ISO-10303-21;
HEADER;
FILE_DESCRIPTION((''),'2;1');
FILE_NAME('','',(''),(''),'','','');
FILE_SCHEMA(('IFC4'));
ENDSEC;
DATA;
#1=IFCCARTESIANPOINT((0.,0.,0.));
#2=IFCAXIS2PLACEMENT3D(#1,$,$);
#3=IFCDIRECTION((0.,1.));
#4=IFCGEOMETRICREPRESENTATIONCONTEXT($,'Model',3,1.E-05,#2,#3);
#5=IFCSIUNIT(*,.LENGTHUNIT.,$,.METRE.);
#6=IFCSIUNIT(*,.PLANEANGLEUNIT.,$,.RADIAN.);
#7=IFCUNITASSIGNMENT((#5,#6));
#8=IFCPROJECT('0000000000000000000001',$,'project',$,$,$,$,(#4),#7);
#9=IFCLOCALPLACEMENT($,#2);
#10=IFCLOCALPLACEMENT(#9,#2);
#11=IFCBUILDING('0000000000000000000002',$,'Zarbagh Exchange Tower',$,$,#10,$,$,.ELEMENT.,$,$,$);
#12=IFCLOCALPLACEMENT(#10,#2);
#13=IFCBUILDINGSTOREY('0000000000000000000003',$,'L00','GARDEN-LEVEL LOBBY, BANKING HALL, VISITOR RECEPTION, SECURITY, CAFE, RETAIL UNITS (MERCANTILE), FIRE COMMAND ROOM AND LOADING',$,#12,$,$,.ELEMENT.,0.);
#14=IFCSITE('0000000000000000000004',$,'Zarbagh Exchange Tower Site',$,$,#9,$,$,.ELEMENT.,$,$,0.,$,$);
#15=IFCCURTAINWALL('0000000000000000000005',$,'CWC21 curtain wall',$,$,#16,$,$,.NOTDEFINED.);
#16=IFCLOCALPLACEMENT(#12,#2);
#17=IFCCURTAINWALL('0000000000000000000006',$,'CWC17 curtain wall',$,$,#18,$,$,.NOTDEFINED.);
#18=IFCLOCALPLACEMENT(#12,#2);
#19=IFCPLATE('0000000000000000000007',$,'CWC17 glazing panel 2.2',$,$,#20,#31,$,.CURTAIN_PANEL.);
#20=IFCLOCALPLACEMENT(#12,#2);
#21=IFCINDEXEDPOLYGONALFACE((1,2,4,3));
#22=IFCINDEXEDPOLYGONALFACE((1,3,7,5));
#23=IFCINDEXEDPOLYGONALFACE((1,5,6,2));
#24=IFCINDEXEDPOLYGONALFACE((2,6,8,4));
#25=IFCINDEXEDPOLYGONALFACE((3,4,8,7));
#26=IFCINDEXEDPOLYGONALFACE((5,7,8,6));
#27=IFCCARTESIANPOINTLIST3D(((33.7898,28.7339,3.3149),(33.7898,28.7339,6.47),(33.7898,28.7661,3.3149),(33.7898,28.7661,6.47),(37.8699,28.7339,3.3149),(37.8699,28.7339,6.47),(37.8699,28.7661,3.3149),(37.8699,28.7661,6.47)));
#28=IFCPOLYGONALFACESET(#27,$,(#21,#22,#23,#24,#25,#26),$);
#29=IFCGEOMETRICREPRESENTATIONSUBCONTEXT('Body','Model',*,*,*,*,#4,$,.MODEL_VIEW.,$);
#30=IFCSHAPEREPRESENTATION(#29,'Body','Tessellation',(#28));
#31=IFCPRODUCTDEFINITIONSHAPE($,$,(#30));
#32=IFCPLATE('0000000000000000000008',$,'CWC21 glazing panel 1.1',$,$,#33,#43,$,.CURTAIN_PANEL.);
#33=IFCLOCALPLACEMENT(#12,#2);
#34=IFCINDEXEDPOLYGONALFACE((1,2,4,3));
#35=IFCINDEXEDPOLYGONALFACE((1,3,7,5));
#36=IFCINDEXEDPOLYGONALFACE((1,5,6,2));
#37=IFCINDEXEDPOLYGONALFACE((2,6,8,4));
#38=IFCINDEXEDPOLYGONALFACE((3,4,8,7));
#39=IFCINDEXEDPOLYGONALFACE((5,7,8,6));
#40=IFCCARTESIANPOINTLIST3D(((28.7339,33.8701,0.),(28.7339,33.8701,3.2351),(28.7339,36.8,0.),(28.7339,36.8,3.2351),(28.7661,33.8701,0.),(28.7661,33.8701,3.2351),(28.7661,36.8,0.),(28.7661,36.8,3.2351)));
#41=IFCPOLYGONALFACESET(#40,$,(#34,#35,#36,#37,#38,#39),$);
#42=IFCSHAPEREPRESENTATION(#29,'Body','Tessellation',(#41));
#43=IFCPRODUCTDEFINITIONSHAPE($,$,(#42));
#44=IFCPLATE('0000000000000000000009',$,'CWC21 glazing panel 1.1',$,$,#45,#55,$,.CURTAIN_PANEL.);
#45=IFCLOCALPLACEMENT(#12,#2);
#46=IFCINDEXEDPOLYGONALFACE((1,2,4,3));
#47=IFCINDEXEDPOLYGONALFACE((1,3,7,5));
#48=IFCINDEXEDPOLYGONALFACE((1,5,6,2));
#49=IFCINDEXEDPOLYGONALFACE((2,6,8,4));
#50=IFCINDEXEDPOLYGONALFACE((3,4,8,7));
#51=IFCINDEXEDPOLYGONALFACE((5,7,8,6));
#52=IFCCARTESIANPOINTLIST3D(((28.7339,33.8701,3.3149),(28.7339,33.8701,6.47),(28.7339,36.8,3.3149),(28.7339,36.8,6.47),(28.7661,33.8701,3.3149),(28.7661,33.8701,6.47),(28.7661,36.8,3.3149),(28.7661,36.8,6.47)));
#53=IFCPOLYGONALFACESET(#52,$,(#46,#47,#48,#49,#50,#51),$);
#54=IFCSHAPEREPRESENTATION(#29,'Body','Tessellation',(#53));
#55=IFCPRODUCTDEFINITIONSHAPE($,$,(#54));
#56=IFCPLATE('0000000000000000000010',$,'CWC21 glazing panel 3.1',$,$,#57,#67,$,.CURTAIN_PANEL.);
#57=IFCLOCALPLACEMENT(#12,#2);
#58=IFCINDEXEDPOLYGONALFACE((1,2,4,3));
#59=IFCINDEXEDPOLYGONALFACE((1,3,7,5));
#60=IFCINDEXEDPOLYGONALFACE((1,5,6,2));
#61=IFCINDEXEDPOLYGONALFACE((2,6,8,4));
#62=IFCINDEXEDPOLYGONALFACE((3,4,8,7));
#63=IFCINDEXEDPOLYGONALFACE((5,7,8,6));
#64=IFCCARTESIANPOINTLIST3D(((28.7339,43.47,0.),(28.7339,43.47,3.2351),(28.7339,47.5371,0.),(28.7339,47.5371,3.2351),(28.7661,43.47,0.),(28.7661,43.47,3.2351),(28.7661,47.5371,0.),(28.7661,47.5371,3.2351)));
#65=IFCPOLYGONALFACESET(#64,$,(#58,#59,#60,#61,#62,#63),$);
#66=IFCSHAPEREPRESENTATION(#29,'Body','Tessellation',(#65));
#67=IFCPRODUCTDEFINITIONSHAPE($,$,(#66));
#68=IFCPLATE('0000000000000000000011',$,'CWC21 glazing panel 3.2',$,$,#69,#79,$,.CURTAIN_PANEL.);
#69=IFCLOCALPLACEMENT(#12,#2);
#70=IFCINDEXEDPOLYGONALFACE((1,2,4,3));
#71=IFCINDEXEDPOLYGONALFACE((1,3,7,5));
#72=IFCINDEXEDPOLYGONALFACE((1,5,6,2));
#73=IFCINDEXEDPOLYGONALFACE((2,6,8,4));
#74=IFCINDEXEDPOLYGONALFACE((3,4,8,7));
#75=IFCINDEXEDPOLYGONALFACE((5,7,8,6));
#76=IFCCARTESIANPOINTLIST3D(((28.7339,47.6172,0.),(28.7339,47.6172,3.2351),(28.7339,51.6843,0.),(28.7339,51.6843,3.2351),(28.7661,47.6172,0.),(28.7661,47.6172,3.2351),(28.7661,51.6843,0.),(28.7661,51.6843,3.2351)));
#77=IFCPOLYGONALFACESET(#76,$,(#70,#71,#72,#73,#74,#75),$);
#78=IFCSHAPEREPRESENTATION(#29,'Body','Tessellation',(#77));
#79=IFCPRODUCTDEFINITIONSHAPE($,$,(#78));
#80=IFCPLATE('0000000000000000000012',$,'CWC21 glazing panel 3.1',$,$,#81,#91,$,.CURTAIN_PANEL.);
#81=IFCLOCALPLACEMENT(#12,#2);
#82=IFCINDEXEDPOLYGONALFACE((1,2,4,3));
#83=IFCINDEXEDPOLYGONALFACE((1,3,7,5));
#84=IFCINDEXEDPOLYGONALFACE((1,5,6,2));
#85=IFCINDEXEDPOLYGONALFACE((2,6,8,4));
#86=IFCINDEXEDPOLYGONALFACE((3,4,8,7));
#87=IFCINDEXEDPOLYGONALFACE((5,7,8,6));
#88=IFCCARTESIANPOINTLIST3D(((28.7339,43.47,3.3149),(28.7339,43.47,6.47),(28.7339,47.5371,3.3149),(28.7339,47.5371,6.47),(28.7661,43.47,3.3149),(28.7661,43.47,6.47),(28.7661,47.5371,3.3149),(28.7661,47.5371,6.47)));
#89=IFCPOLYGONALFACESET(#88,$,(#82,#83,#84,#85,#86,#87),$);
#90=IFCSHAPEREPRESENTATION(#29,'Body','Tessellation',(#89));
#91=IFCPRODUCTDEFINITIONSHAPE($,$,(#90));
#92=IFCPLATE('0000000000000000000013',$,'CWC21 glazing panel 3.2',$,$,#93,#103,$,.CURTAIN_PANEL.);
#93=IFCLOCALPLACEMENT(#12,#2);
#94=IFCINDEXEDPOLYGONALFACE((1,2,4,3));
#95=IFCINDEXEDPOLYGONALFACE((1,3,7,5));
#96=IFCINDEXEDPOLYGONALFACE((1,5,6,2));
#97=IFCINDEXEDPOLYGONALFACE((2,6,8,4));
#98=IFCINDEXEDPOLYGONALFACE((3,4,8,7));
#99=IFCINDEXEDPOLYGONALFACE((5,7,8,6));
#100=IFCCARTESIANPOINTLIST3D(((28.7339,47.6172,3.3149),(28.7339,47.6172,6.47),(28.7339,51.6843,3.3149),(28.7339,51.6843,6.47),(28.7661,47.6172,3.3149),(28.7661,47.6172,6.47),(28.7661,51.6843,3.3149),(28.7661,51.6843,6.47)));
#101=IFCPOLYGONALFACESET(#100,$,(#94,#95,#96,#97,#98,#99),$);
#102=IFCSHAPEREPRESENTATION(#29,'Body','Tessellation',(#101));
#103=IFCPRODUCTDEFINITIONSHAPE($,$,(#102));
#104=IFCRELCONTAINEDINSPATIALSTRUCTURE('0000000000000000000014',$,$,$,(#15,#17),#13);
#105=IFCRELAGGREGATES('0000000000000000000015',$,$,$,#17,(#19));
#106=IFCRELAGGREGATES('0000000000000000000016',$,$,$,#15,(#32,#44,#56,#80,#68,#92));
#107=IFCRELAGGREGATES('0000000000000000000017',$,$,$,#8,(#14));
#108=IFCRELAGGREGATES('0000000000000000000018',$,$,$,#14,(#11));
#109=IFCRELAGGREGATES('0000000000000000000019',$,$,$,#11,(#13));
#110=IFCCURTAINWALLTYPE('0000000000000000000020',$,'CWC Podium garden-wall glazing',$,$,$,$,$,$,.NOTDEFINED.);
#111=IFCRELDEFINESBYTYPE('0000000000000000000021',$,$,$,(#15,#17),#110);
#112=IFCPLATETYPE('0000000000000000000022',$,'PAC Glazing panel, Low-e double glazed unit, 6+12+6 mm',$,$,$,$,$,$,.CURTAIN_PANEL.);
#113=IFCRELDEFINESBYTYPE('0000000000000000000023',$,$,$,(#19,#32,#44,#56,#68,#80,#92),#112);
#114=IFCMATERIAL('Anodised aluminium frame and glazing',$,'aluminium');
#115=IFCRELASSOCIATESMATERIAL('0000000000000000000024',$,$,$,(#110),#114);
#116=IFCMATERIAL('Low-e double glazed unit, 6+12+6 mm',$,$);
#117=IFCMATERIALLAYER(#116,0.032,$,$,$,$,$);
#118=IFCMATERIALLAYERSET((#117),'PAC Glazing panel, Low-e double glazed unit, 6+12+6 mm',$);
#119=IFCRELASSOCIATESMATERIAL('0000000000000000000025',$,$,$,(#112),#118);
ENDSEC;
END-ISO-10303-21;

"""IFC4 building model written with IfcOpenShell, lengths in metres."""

from ifc_helpers import new_model, si_unit, direction, origin, place, context, subcontext, project, spatial, polyline, outline, extrude, source, transform, mapped, material, layer, layer_set, type_object, element, aggregate, save


model = new_model("IFC4")

# Units and contexts
model_context = context("Model", 3, precision=1e-05, world=origin(), true_north=direction((0.0, 1.0)))
body_context = subcontext(model_context, "Body", "Model", "MODEL_VIEW")
ifc_project = project(units=[si_unit("LENGTHUNIT", "METRE"), si_unit("PLANEANGLEUNIT", "RADIAN")], contexts=[model_context])

# Site, building, storey
site_placement = place(None, origin())
site = spatial("IfcSite", under=ifc_project, at=site_placement, Name="Zarbagh Exchange Tower Site", CompositionType="ELEMENT", RefElevation=0.0)
building_placement = place(site_placement, origin())
building = spatial("IfcBuilding", under=site, at=building_placement, Name="Zarbagh Exchange Tower", CompositionType="ELEMENT")
storey_placement = place(building_placement, origin())
storey = spatial("IfcBuildingStorey", under=building, at=storey_placement, Name="L00", Description="GARDEN-LEVEL LOBBY, BANKING HALL, VISITOR RECEPTION, SECURITY, CAFE, RETAIL UNITS (MERCANTILE), FIRE COMMAND ROOM AND LOADING", CompositionType="ELEMENT", Elevation=0.0)

# Shared definitions
ifc_material_1 = material(Name="Anodised aluminium frame and glazing", Category="aluminium")
curtain_wall_type = type_object("IfcCurtainWallType", Name="CWC Podium garden-wall glazing", PredefinedType="NOTDEFINED", material=ifc_material_1)
placement = place(storey_placement, origin())

# Curtain wall
curtain_wall_1_placement = place(storey_placement, origin())
curtain_wall_1 = element("IfcCurtainWall", 1, at=curtain_wall_1_placement, inside=storey, type_object=curtain_wall_type, Name="CWC21 curtain wall", PredefinedType="NOTDEFINED")

# Shared definitions
ifc_material_2 = material(Name="Low-e double glazed unit, 6+12+6 mm")
ifc_layer = layer(ifc_material_2, 0.032)
ifc_layer_set = layer_set([ifc_layer], Name="PAC Glazing panel, Low-e double glazed unit, 6+12+6 mm")
plate_type = type_object("IfcPlateType", Name="PAC Glazing panel, Low-e double glazed unit, 6+12+6 mm", PredefinedType="CURTAIN_PANEL", material=ifc_layer_set)

# Curtain wall, plate
curtain_wall_2_placement = place(storey_placement, origin())
curtain_wall_2 = element("IfcCurtainWall", 2, at=curtain_wall_2_placement, inside=storey, type_object=curtain_wall_type, Name="CWC17 curtain wall", PredefinedType="NOTDEFINED")
shared_shape_1 = source(origin(), body_context, "Body", "SweptSolid", [
    extrude(outline(polyline([(0.0, -0.0161), (4.0801, -0.0161), (4.0801, 0.0161), (0.0, 0.0161), (0.0, -0.0161)])), origin(), (0.0, 0.0, 1.0), 3.155),
])
plate_1 = element("IfcPlate", 3, at=placement, type_object=plate_type, Name="CWC17 glazing panel 2.2", PredefinedType="CURTAIN_PANEL", context=body_context, shape_type="MappedRepresentation", body=[
    mapped(shared_shape_1, transform((37.8699, 28.75, 3.3149), x_axis=(-1.0, 0.0, 0.0), y_axis=(0.0, -1.0, 0.0), z_axis=(0.0, 0.0, 1.0))),
])
aggregate(curtain_wall_2, [plate_1])

# Plates
shared_shape_2 = source(origin(), body_context, "Body", "SweptSolid", [
    extrude(outline(polyline([(0.0, -0.0161), (2.9299, -0.0161), (2.9299, 0.0161), (0.0, 0.0161), (0.0, -0.0161)])), origin(), (0.0, 0.0, 1.0), 3.2351),
])
plate_2 = element("IfcPlate", 4, at=placement, type_object=plate_type, Name="CWC21 glazing panel 1.1", PredefinedType="CURTAIN_PANEL", context=body_context, shape_type="MappedRepresentation", body=[
    mapped(shared_shape_2, transform((28.75, 33.8701, 0.0), x_axis=(0.0, 1.0, 0.0), y_axis=(-1.0, 0.0, 0.0), z_axis=(0.0, 0.0, 1.0))),
])
shared_shape_3 = source(origin(), body_context, "Body", "SweptSolid", [
    extrude(outline(polyline([(0.0, -0.0161), (2.9299, -0.0161), (2.9299, 0.0161), (0.0, 0.0161), (0.0, -0.0161)])), origin(), (0.0, 0.0, 1.0), 3.155),
])
plate_3 = element("IfcPlate", 5, at=placement, type_object=plate_type, Name="CWC21 glazing panel 1.1", PredefinedType="CURTAIN_PANEL", context=body_context, shape_type="MappedRepresentation", body=[
    mapped(shared_shape_3, transform((28.75, 33.8701, 3.3149), x_axis=(0.0, 1.0, 0.0), y_axis=(-1.0, 0.0, 0.0), z_axis=(0.0, 0.0, 1.0))),
])
shared_shape_4 = source(origin(), body_context, "Body", "SweptSolid", [
    extrude(outline(polyline([(0.0, -0.0161), (4.0671, -0.0161), (4.0671, 0.0161), (0.0, 0.0161), (0.0, -0.0161)])), origin(), (0.0, 0.0, 1.0), 3.2351),
])
plate_4 = element("IfcPlate", 6, at=placement, type_object=plate_type, Name="CWC21 glazing panel 3.1", PredefinedType="CURTAIN_PANEL", context=body_context, shape_type="MappedRepresentation", body=[
    mapped(shared_shape_4, transform((28.75, 43.47, 0.0), x_axis=(0.0, 1.0, 0.0), y_axis=(-1.0, 0.0, 0.0), z_axis=(0.0, 0.0, 1.0))),
])
plate_5 = element("IfcPlate", 7, at=placement, type_object=plate_type, Name="CWC21 glazing panel 3.2", PredefinedType="CURTAIN_PANEL", context=body_context, shape_type="MappedRepresentation", body=[
    mapped(shared_shape_4, transform((28.75, 47.6172, 0.0), x_axis=(0.0, 1.0, 0.0), y_axis=(-1.0, 0.0, 0.0), z_axis=(0.0, 0.0, 1.0))),
])
shared_shape_5 = source(origin(), body_context, "Body", "SweptSolid", [
    extrude(outline(polyline([(0.0, -0.0161), (4.0671, -0.0161), (4.0671, 0.0161), (0.0, 0.0161), (0.0, -0.0161)])), origin(), (0.0, 0.0, 1.0), 3.155),
])
plate_6 = element("IfcPlate", 8, at=placement, type_object=plate_type, Name="CWC21 glazing panel 3.1", PredefinedType="CURTAIN_PANEL", context=body_context, shape_type="MappedRepresentation", body=[
    mapped(shared_shape_5, transform((28.75, 43.47, 3.3149), x_axis=(0.0, 1.0, 0.0), y_axis=(-1.0, 0.0, 0.0), z_axis=(0.0, 0.0, 1.0))),
])
plate_7 = element("IfcPlate", 9, at=placement, type_object=plate_type, Name="CWC21 glazing panel 3.2", PredefinedType="CURTAIN_PANEL", context=body_context, shape_type="MappedRepresentation", body=[
    mapped(shared_shape_5, transform((28.75, 47.6172, 3.3149), x_axis=(0.0, 1.0, 0.0), y_axis=(-1.0, 0.0, 0.0), z_axis=(0.0, 0.0, 1.0))),
])
aggregate(curtain_wall_1, [plate_2, plate_3, plate_4, plate_6, plate_5, plate_7])

save(model, "model.ifc")
